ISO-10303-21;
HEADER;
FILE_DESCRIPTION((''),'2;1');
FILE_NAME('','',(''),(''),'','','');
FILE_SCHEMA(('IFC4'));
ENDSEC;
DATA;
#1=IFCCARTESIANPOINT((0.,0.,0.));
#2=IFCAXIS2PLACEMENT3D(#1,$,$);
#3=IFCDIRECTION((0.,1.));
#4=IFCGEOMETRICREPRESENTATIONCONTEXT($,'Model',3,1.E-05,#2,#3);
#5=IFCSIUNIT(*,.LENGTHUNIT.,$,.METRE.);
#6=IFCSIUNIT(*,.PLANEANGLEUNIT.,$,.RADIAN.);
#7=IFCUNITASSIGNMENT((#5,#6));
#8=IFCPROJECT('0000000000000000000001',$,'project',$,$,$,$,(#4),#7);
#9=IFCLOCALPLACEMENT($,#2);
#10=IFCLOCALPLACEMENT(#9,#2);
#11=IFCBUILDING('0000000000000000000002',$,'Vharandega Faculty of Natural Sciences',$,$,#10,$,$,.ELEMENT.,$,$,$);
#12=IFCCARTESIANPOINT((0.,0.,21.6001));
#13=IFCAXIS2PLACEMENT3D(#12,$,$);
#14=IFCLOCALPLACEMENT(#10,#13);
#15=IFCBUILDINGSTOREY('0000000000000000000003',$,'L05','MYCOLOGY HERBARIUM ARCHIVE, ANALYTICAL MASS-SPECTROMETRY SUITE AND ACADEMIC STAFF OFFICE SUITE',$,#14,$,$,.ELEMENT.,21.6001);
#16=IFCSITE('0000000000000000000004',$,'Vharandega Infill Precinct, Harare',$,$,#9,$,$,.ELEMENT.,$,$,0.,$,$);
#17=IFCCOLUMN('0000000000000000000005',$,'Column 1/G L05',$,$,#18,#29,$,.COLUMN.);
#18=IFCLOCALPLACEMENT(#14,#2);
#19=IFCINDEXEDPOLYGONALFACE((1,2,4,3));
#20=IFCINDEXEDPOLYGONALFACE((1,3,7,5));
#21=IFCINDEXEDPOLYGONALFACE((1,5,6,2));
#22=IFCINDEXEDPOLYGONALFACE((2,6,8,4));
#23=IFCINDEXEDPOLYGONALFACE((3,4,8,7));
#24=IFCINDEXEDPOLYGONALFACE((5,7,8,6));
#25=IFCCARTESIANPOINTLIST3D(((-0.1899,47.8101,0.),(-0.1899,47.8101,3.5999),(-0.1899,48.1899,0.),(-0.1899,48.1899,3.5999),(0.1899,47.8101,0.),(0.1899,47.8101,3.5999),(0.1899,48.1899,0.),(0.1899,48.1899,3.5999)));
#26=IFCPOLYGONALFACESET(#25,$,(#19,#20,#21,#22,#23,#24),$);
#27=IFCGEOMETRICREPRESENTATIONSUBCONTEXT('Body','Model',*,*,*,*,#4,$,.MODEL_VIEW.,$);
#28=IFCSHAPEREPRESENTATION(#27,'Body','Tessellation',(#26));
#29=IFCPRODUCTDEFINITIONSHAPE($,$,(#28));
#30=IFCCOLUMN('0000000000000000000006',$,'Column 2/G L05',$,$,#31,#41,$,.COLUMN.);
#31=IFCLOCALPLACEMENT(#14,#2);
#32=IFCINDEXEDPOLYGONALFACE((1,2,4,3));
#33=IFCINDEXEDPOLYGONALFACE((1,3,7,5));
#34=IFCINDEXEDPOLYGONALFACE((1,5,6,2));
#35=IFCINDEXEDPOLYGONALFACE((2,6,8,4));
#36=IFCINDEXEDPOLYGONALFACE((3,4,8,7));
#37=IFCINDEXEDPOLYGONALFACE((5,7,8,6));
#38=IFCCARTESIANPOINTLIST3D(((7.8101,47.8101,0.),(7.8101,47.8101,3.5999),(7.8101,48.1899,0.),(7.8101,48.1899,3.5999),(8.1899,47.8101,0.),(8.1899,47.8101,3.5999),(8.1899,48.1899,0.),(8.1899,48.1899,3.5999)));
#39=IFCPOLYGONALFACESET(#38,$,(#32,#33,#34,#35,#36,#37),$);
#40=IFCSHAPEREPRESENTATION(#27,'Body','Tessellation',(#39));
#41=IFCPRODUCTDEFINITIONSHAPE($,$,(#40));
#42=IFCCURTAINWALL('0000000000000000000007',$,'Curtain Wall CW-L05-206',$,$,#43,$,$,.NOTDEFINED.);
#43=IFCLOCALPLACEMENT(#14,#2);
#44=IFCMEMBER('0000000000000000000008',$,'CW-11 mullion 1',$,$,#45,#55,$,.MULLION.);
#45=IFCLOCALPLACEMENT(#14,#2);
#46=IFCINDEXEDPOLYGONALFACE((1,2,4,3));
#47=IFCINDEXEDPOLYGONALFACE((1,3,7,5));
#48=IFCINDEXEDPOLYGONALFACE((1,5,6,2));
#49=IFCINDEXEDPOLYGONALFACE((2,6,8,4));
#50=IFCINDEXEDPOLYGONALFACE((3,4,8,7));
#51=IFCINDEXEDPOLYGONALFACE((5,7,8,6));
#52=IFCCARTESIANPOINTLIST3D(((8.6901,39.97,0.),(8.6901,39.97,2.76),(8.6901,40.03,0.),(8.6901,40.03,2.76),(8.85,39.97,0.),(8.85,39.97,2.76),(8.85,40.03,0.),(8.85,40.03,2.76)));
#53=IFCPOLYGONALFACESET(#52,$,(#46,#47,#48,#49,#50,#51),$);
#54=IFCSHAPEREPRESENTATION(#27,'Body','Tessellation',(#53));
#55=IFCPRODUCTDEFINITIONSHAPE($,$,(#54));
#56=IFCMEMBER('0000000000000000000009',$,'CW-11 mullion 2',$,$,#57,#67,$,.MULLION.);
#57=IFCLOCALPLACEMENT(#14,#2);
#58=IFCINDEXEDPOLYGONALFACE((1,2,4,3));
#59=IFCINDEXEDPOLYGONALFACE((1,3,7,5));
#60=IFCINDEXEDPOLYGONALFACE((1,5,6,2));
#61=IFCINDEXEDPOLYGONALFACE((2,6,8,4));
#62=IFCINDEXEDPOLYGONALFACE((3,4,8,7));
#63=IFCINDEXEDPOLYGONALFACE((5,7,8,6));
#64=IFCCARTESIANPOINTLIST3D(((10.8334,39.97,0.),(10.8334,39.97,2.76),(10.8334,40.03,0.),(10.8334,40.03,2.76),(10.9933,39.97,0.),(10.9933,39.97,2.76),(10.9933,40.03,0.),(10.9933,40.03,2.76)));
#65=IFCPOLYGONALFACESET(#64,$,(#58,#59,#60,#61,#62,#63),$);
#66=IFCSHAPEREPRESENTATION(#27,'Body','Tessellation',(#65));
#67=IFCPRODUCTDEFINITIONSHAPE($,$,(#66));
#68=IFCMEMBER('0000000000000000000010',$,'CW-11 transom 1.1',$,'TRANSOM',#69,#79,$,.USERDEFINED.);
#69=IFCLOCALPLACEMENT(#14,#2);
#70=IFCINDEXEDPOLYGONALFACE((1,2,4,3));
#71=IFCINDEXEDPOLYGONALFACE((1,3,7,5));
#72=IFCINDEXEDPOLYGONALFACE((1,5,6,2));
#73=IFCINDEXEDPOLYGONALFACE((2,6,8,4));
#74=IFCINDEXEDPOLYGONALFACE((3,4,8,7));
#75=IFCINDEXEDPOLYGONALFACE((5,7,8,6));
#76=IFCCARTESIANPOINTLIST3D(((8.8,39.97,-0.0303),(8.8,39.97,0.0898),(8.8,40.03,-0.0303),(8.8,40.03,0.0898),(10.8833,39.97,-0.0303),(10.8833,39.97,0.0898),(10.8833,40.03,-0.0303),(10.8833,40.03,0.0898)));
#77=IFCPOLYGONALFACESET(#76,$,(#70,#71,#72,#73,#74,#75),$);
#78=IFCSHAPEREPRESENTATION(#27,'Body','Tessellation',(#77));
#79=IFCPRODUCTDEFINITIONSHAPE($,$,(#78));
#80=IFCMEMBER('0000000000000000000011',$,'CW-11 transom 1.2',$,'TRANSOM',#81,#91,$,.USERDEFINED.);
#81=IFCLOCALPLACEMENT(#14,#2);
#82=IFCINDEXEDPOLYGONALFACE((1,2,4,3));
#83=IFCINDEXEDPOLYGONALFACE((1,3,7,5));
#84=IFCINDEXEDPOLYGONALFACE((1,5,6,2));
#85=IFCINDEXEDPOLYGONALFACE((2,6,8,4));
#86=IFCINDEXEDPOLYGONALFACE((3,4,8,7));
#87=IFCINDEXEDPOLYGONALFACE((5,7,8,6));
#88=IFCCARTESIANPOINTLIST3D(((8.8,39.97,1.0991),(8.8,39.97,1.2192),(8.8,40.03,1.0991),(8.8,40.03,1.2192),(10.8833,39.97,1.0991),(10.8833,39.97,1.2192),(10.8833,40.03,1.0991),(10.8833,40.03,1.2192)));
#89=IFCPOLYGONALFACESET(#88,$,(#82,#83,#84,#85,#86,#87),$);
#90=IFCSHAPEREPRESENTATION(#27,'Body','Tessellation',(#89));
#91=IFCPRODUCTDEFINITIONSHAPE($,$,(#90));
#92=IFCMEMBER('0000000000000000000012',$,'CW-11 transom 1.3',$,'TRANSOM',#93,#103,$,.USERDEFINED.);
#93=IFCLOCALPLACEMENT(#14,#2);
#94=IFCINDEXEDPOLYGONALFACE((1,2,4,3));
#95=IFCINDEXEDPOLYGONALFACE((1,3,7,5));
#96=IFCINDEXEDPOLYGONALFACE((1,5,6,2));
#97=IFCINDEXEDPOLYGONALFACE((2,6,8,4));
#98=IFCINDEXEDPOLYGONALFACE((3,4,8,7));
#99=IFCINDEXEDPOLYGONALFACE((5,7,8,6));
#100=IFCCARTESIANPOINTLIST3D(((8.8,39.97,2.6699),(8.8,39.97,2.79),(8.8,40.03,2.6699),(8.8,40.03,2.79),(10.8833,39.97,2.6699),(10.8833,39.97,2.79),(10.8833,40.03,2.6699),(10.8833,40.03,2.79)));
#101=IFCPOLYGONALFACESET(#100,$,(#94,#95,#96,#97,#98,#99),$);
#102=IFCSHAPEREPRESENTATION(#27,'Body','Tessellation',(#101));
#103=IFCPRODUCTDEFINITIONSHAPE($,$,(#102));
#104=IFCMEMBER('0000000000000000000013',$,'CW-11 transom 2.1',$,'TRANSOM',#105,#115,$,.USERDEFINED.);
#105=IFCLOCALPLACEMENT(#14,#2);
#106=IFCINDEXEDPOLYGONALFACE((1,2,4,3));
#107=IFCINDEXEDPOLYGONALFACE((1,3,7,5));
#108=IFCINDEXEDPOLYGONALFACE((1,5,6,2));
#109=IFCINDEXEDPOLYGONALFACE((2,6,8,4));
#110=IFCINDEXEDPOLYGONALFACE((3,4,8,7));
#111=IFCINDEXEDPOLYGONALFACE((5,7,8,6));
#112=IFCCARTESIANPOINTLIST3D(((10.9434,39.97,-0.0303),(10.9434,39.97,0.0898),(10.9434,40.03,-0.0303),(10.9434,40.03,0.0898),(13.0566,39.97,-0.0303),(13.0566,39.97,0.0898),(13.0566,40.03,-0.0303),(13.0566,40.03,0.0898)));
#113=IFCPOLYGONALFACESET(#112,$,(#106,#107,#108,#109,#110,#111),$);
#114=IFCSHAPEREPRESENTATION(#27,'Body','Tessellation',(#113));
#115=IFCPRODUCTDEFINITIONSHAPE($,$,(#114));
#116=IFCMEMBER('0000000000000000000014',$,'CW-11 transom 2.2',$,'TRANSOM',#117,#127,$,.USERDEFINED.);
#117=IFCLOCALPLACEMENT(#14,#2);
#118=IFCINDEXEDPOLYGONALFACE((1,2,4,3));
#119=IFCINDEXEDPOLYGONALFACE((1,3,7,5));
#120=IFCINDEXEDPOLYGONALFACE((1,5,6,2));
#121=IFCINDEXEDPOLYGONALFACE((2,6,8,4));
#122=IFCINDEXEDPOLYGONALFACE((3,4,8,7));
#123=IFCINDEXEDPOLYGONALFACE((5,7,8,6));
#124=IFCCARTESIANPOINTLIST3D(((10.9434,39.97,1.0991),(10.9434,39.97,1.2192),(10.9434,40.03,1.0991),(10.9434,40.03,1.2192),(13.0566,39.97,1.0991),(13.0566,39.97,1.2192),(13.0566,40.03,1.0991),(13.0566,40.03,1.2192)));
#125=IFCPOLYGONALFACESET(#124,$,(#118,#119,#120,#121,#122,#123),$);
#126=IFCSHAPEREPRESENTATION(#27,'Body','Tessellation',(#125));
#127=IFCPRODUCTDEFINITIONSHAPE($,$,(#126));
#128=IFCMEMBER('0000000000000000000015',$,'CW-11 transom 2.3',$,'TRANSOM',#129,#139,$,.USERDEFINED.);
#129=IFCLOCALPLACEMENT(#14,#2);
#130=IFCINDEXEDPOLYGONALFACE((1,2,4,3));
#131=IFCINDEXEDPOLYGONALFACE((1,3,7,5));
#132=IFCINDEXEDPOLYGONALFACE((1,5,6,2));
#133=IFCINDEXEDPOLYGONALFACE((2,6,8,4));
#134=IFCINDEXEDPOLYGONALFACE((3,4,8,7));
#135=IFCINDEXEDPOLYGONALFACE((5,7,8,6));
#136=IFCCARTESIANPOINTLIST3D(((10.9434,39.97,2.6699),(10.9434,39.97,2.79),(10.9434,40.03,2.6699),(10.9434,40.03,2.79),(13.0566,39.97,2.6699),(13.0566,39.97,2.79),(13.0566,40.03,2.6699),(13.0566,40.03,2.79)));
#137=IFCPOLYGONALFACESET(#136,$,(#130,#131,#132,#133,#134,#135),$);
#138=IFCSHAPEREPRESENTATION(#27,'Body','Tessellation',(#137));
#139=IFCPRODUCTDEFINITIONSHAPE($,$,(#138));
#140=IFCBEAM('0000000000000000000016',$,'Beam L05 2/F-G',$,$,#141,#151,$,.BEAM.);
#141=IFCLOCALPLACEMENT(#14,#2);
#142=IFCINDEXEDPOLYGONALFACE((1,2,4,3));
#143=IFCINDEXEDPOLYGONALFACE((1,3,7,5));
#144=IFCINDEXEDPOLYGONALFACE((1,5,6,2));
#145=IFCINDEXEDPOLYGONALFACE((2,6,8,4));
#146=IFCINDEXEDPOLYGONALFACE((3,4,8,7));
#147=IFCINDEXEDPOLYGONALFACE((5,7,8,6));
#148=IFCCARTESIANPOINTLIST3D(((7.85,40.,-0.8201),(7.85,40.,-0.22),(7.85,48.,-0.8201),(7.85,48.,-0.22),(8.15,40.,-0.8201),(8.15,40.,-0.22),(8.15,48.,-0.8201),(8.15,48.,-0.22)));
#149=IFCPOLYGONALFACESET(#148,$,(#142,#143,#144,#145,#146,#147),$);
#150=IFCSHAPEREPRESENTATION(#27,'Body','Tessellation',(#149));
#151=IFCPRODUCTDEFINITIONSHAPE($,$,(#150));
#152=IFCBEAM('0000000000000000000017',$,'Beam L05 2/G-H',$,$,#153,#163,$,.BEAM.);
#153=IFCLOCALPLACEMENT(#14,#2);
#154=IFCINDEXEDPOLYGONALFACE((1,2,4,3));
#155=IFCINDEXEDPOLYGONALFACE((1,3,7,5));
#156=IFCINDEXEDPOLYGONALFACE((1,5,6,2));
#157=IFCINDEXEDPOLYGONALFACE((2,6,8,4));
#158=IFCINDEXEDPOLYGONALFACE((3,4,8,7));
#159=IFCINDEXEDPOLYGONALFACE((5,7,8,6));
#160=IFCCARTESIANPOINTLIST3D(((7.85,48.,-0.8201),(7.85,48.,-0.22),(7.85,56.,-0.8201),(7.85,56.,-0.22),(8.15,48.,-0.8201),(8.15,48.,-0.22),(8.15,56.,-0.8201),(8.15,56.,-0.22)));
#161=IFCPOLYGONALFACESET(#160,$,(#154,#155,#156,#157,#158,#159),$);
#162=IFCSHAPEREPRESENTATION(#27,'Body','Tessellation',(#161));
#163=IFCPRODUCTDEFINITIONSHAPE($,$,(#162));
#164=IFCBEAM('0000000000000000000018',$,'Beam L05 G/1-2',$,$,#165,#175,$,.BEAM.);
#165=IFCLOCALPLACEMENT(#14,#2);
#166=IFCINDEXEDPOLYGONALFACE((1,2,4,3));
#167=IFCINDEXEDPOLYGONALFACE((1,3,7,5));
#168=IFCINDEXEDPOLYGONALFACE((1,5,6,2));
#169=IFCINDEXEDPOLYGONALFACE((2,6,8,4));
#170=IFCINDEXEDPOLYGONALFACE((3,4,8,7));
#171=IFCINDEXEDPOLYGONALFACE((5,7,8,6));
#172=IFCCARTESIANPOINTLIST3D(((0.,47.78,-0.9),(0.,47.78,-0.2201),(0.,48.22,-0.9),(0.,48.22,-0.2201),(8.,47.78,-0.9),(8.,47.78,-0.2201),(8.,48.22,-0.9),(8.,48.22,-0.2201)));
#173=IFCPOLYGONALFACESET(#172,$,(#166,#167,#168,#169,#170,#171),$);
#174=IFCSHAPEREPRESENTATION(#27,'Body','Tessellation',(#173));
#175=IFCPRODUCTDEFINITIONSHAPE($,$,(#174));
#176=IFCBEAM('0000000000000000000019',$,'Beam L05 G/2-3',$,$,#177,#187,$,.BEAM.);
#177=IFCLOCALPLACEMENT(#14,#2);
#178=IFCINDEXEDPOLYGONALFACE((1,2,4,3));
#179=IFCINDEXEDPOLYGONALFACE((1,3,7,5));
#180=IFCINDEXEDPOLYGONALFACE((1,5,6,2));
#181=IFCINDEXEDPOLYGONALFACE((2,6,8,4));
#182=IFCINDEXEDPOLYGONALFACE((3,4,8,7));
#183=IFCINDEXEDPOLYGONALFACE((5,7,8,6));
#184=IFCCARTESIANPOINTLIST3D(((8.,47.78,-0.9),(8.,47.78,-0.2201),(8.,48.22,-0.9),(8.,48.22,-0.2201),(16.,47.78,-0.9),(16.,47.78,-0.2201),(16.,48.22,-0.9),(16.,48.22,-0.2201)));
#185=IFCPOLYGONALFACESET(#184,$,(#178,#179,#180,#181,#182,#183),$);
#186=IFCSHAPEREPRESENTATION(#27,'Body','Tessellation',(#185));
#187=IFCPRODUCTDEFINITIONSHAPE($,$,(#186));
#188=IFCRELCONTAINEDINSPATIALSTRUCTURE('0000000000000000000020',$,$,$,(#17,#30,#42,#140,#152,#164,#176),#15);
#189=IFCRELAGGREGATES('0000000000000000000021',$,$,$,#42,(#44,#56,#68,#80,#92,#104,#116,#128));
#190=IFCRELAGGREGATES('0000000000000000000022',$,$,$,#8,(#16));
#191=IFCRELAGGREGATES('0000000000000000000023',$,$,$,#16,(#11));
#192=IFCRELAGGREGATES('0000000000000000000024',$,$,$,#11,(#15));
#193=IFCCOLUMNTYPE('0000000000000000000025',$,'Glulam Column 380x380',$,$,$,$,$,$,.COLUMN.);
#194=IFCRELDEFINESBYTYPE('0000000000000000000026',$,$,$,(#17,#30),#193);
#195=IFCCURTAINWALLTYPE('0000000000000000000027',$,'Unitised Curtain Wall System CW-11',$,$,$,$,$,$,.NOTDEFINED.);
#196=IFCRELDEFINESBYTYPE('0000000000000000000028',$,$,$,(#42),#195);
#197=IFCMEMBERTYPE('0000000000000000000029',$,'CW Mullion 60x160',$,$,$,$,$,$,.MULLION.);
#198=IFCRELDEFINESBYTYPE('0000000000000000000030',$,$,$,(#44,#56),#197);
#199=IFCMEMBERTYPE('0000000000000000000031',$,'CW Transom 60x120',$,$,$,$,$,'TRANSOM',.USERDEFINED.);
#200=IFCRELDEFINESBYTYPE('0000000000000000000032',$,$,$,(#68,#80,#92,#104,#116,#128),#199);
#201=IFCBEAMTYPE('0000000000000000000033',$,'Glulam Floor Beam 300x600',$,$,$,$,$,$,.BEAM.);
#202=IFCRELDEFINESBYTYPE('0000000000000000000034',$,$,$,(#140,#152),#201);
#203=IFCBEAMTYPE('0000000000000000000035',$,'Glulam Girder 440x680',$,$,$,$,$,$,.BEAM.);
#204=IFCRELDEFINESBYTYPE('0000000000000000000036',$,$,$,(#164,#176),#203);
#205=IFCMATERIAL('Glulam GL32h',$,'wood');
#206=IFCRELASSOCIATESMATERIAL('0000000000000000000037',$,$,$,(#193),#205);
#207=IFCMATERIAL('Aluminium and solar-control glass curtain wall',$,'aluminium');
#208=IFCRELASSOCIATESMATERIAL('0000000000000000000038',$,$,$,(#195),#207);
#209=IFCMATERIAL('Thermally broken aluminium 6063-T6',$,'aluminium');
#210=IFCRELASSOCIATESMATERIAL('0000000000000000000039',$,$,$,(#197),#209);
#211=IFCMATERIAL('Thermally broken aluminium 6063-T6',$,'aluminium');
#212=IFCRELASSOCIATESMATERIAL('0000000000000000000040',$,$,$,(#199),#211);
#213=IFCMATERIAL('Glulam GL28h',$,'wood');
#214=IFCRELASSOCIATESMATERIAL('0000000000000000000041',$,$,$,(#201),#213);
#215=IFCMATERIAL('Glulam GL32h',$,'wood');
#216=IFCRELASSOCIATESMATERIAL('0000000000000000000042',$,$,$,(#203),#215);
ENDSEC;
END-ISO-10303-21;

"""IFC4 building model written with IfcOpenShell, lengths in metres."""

from ifc_helpers import new_model, si_unit, direction, frame, origin, origin_2d, place, context, subcontext, project, spatial, rectangle, extrude, material, material_profile, profile_set, type_object, element, aggregate, save


model = new_model("IFC4")

# Units and contexts
model_context = context("Model", 3, precision=1e-05, world=origin(), true_north=direction((0.0, 1.0)))
body_context = subcontext(model_context, "Body", "Model", "MODEL_VIEW")
ifc_project = project(units=[si_unit("LENGTHUNIT", "METRE"), si_unit("PLANEANGLEUNIT", "RADIAN")], contexts=[model_context])

# Site, building, storey
site_placement = place(None, origin())
site = spatial("IfcSite", under=ifc_project, at=site_placement, Name="Vharandega Infill Precinct, Harare", CompositionType="ELEMENT", RefElevation=0.0)
building_placement = place(site_placement, origin())
building = spatial("IfcBuilding", under=site, at=building_placement, Name="Vharandega Faculty of Natural Sciences", CompositionType="ELEMENT")
storey_placement = place(building_placement, frame((0.0, 0.0, 21.6001)))
storey = spatial("IfcBuildingStorey", under=building, at=storey_placement, Name="L05", Description="MYCOLOGY HERBARIUM ARCHIVE, ANALYTICAL MASS-SPECTROMETRY SUITE AND ACADEMIC STAFF OFFICE SUITE", CompositionType="ELEMENT", Elevation=21.6001)

# Columns
ifc_material_1 = material(Name="Glulam GL32h", Category="wood")
ifc_material_profile_1 = material_profile(ifc_material_1, rectangle(XDim=0.3799, YDim=0.3799, at=origin_2d()), Name="GL32h 380x380")
ifc_profile_set_1 = profile_set([ifc_material_profile_1], Name="Glulam GL32h")
column_type = type_object("IfcColumnType", Name="Glulam Column 380x380", PredefinedType="COLUMN", material=ifc_profile_set_1)
for number, where, z_axis, x_axis, name in (
    (1, (0.0, 48.0, 0.0), (0.0, 0.0, 1.0), (1.0, 0.0, 0.0), "Column 1/G L05"),
    (2, (8.0, 48.0, 0.0), (0.0, 0.0, 1.0), (1.0, 0.0, 0.0), "Column 2/G L05"),
):
    element("IfcColumn", number, at=place(storey_placement, frame(where, z_axis=z_axis, x_axis=x_axis)), inside=storey, type_object=column_type, Name=name, PredefinedType="COLUMN", context=body_context, shape_type="SweptSolid", body=[
        extrude(rectangle(XDim=0.3799, YDim=0.3799, at=origin_2d()), origin(), (0.0, 0.0, 1.0), 3.5999),
    ])

# Curtain wall, members
ifc_material_2 = material(Name="Aluminium and solar-control glass curtain wall", Category="aluminium")
curtain_wall_type = type_object("IfcCurtainWallType", Name="Unitised Curtain Wall System CW-11", PredefinedType="NOTDEFINED", material=ifc_material_2)
curtain_wall_placement = place(storey_placement, origin())
curtain_wall = element("IfcCurtainWall", 3, at=curtain_wall_placement, inside=storey, type_object=curtain_wall_type, Name="Curtain Wall CW-L05-206", PredefinedType="NOTDEFINED")
ifc_material_3 = material(Name="Thermally broken aluminium 6063-T6", Category="aluminium")
ifc_material_profile_2 = material_profile(ifc_material_3, rectangle(XDim=0.0601, YDim=0.1599, at=origin_2d()), Name="ALU 60x160")
ifc_profile_set_2 = profile_set([ifc_material_profile_2], Name="Thermally broken aluminium 6063-T6")
member_type_1 = type_object("IfcMemberType", Name="CW Mullion 60x160", PredefinedType="MULLION", material=ifc_profile_set_2)
member_1_placement = place(storey_placement, frame((8.77, 40.0, 0.0), z_axis=(0.0, 0.0, 1.0), x_axis=(0.0, 1.0, 0.0)))
member_1 = element("IfcMember", 4, at=member_1_placement, type_object=member_type_1, Name="CW-11 mullion 1", PredefinedType="MULLION", context=body_context, shape_type="SweptSolid", body=[
    extrude(rectangle(XDim=0.0601, YDim=0.1599, at=origin_2d()), origin(), (0.0, 0.0, 1.0), 2.76),
])
member_2_placement = place(storey_placement, frame((10.9133, 40.0, 0.0), z_axis=(0.0, 0.0, 1.0), x_axis=(0.0, 1.0, 0.0)))
member_2 = element("IfcMember", 5, at=member_2_placement, type_object=member_type_1, Name="CW-11 mullion 2", PredefinedType="MULLION", context=body_context, shape_type="SweptSolid", body=[
    extrude(rectangle(XDim=0.0601, YDim=0.1599, at=origin_2d()), origin(), (0.0, 0.0, 1.0), 2.76),
])
ifc_material_4 = material(Name="Thermally broken aluminium 6063-T6", Category="aluminium")
ifc_material_profile_3 = material_profile(ifc_material_4, rectangle(XDim=0.0601, YDim=0.1201, at=origin_2d()), Name="ALU 60x120")
ifc_profile_set_3 = profile_set([ifc_material_profile_3], Name="Thermally broken aluminium 6063-T6")
member_type_2 = type_object("IfcMemberType", Name="CW Transom 60x120", ElementType="TRANSOM", PredefinedType="USERDEFINED", material=ifc_profile_set_3)
member_3_placement = place(storey_placement, frame((8.8, 40.0, 0.0298), z_axis=(1.0, 0.0, 0.0), x_axis=(0.0, 1.0, 0.0)))
member_3 = element("IfcMember", 6, at=member_3_placement, type_object=member_type_2, Name="CW-11 transom 1.1", ObjectType="TRANSOM", PredefinedType="USERDEFINED", context=body_context, shape_type="SweptSolid", body=[
    extrude(rectangle(XDim=0.0601, YDim=0.1201, at=origin_2d()), origin(), (0.0, 0.0, 1.0), 2.0833),
])
member_4_placement = place(storey_placement, frame((8.8, 40.0, 1.1592), z_axis=(1.0, 0.0, 0.0), x_axis=(0.0, 1.0, 0.0)))
member_4 = element("IfcMember", 7, at=member_4_placement, type_object=member_type_2, Name="CW-11 transom 1.2", ObjectType="TRANSOM", PredefinedType="USERDEFINED", context=body_context, shape_type="SweptSolid", body=[
    extrude(rectangle(XDim=0.0601, YDim=0.1201, at=origin_2d()), origin(), (0.0, 0.0, 1.0), 2.0833),
])
member_5_placement = place(storey_placement, frame((8.8, 40.0, 2.73), z_axis=(1.0, 0.0, 0.0), x_axis=(0.0, 1.0, 0.0)))
member_5 = element("IfcMember", 8, at=member_5_placement, type_object=member_type_2, Name="CW-11 transom 1.3", ObjectType="TRANSOM", PredefinedType="USERDEFINED", context=body_context, shape_type="SweptSolid", body=[
    extrude(rectangle(XDim=0.0601, YDim=0.1201, at=origin_2d()), origin(), (0.0, 0.0, 1.0), 2.0833),
])
member_6_placement = place(storey_placement, frame((10.9434, 40.0, 0.0298), z_axis=(1.0, 0.0, 0.0), x_axis=(0.0, 1.0, 0.0)))
member_6 = element("IfcMember", 9, at=member_6_placement, type_object=member_type_2, Name="CW-11 transom 2.1", ObjectType="TRANSOM", PredefinedType="USERDEFINED", context=body_context, shape_type="SweptSolid", body=[
    extrude(rectangle(XDim=0.0601, YDim=0.1201, at=origin_2d()), origin(), (0.0, 0.0, 1.0), 2.1133),
])
member_7_placement = place(storey_placement, frame((10.9434, 40.0, 1.1592), z_axis=(1.0, 0.0, 0.0), x_axis=(0.0, 1.0, 0.0)))
member_7 = element("IfcMember", 10, at=member_7_placement, type_object=member_type_2, Name="CW-11 transom 2.2", ObjectType="TRANSOM", PredefinedType="USERDEFINED", context=body_context, shape_type="SweptSolid", body=[
    extrude(rectangle(XDim=0.0601, YDim=0.1201, at=origin_2d()), origin(), (0.0, 0.0, 1.0), 2.1133),
])
member_8_placement = place(storey_placement, frame((10.9434, 40.0, 2.73), z_axis=(1.0, 0.0, 0.0), x_axis=(0.0, 1.0, 0.0)))
member_8 = element("IfcMember", 11, at=member_8_placement, type_object=member_type_2, Name="CW-11 transom 2.3", ObjectType="TRANSOM", PredefinedType="USERDEFINED", context=body_context, shape_type="SweptSolid", body=[
    extrude(rectangle(XDim=0.0601, YDim=0.1201, at=origin_2d()), origin(), (0.0, 0.0, 1.0), 2.1133),
])

# Beams
ifc_material_5 = material(Name="Glulam GL28h", Category="wood")
ifc_material_profile_4 = material_profile(ifc_material_5, rectangle(XDim=0.3, YDim=0.6001, at=origin_2d()), Name="GL28h 300x600")
ifc_profile_set_4 = profile_set([ifc_material_profile_4], Name="Glulam GL28h")
beam_type_1 = type_object("IfcBeamType", Name="Glulam Floor Beam 300x600", PredefinedType="BEAM", material=ifc_profile_set_4)
for number, where, z_axis, x_axis, name in (
    (12, (8.0, 40.0, -0.52), (0.0, 1.0, 0.0), (-1.0, 0.0, 0.0), "Beam L05 2/F-G"),
    (13, (8.0, 48.0, -0.52), (0.0, 1.0, 0.0), (-1.0, 0.0, 0.0), "Beam L05 2/G-H"),
):
    element("IfcBeam", number, at=place(storey_placement, frame(where, z_axis=z_axis, x_axis=x_axis)), inside=storey, type_object=beam_type_1, Name=name, PredefinedType="BEAM", context=body_context, shape_type="SweptSolid", body=[
        extrude(rectangle(XDim=0.3, YDim=0.6001, at=origin_2d()), origin(), (0.0, 0.0, 1.0), 8.0),
    ])
ifc_material_6 = material(Name="Glulam GL32h", Category="wood")
ifc_material_profile_5 = material_profile(ifc_material_6, rectangle(XDim=0.4399, YDim=0.6799, at=origin_2d()), Name="GL32h 440x680")
ifc_profile_set_5 = profile_set([ifc_material_profile_5], Name="Glulam GL32h")
beam_type_2 = type_object("IfcBeamType", Name="Glulam Girder 440x680", PredefinedType="BEAM", material=ifc_profile_set_5)
for number, where, z_axis, x_axis, name in (
    (14, (0.0, 48.0, -0.5601), (1.0, 0.0, 0.0), (0.0, 1.0, 0.0), "Beam L05 G/1-2"),
    (15, (8.0, 48.0, -0.5601), (1.0, 0.0, 0.0), (0.0, 1.0, 0.0), "Beam L05 G/2-3"),
):
    element("IfcBeam", number, at=place(storey_placement, frame(where, z_axis=z_axis, x_axis=x_axis)), inside=storey, type_object=beam_type_2, Name=name, PredefinedType="BEAM", context=body_context, shape_type="SweptSolid", body=[
        extrude(rectangle(XDim=0.4399, YDim=0.6799, at=origin_2d()), origin(), (0.0, 0.0, 1.0), 8.0),
    ])

aggregate(curtain_wall, [member_1, member_2, member_3, member_4, member_5, member_6, member_7, member_8])

save(model, "model.ifc")
